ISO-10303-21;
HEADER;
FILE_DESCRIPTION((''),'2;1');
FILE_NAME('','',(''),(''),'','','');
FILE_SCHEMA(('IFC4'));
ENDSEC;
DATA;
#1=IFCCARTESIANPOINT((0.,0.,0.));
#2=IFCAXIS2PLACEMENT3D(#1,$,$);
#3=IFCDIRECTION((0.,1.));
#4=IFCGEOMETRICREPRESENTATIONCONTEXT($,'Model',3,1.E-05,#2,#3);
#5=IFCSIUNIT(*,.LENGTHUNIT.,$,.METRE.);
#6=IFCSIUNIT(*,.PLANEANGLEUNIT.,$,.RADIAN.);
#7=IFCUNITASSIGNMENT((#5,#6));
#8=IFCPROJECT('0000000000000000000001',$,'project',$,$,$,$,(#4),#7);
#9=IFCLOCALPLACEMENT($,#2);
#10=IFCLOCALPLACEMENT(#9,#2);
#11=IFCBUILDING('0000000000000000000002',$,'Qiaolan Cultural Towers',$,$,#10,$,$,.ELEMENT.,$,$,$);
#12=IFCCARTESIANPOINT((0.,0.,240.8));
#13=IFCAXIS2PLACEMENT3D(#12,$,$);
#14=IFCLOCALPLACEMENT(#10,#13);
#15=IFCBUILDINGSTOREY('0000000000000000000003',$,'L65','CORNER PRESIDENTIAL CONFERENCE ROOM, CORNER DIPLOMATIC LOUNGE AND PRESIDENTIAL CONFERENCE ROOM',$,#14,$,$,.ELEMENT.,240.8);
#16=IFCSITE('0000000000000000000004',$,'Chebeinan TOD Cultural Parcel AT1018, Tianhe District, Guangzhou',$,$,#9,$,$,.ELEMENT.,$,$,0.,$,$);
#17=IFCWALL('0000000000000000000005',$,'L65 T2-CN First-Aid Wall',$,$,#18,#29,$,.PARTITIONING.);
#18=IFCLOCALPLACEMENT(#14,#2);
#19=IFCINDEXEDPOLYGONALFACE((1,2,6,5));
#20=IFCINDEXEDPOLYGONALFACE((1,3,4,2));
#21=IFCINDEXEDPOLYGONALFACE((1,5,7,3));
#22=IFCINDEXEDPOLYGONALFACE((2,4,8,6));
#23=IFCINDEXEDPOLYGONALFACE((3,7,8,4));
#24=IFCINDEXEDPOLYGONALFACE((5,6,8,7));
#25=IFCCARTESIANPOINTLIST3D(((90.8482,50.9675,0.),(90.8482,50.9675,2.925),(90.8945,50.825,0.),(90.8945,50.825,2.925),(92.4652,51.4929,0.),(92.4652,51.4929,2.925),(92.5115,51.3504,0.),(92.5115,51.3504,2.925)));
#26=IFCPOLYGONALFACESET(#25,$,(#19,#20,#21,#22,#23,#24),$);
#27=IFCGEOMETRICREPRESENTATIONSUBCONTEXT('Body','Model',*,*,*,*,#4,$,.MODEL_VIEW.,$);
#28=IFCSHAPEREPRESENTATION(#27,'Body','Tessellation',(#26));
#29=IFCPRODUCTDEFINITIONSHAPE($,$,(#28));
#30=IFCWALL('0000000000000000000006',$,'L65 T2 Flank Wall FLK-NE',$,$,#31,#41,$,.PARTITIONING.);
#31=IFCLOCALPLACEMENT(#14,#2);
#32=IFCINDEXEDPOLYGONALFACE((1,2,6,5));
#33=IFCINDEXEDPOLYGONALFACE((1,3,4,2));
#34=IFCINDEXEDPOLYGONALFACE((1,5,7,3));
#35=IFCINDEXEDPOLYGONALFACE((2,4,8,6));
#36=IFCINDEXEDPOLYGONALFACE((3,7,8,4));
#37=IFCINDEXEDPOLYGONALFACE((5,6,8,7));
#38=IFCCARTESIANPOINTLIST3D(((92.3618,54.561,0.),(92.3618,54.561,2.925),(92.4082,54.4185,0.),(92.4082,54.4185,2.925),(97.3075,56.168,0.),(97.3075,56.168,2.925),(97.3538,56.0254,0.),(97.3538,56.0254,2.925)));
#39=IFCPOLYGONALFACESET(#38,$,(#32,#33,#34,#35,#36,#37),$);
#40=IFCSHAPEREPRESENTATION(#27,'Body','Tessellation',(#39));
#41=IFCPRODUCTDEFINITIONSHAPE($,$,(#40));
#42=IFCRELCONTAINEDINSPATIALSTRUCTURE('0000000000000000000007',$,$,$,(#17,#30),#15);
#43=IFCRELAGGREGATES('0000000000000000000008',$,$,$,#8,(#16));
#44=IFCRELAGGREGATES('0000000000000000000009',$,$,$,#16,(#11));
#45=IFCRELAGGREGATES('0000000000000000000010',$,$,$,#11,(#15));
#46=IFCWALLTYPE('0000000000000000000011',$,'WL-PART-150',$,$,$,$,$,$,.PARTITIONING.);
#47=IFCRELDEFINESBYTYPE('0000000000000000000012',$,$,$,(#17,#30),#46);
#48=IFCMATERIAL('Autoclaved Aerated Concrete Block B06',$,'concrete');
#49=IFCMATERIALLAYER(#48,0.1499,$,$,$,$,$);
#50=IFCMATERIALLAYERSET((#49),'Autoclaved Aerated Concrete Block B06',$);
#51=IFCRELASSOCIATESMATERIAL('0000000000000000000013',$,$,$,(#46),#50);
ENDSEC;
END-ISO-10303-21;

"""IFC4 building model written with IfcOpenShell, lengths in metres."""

from ifc_helpers import new_model, si_unit, direction, frame, frame_2d, origin, place, context, subcontext, project, spatial, rectangle, extrude, material, layer, layer_set, type_object, element, save


model = new_model("IFC4")

# Units and contexts
model_context = context("Model", 3, precision=1e-05, world=origin(), true_north=direction((0.0, 1.0)))
body_context = subcontext(model_context, "Body", "Model", "MODEL_VIEW")
ifc_project = project(units=[si_unit("LENGTHUNIT", "METRE"), si_unit("PLANEANGLEUNIT", "RADIAN")], contexts=[model_context])

# Site, building, storey
site_placement = place(None, origin())
site = spatial("IfcSite", under=ifc_project, at=site_placement, Name="Chebeinan TOD Cultural Parcel AT1018, Tianhe District, Guangzhou", CompositionType="ELEMENT", RefElevation=0.0)
building_placement = place(site_placement, origin())
building = spatial("IfcBuilding", under=site, at=building_placement, Name="Qiaolan Cultural Towers", CompositionType="ELEMENT")
storey_placement = place(building_placement, frame((0.0, 0.0, 240.8)))
storey = spatial("IfcBuildingStorey", under=building, at=storey_placement, Name="L65", Description="CORNER PRESIDENTIAL CONFERENCE ROOM, CORNER DIPLOMATIC LOUNGE AND PRESIDENTIAL CONFERENCE ROOM", CompositionType="ELEMENT", Elevation=240.8)

# Walls
ifc_material_1 = material(Name="Autoclaved Aerated Concrete Block B06", Category="concrete")
ifc_layer_1 = layer(ifc_material_1, 0.1499)
ifc_layer_set_1 = layer_set([ifc_layer_1], Name="Autoclaved Aerated Concrete Block B06")
wall_type_1 = type_object("IfcWallType", Name="WL-PART-150", PredefinedType="PARTITIONING", material=ifc_layer_set_1)
wall_1_placement = place(storey_placement, frame((90.8713, 50.8962, 0.0), z_axis=(0.0, 0.0, 1.0), x_axis=(0.951054, 0.309024, 0.0)))
element("IfcWall", 1, at=wall_1_placement, inside=storey, type_object=wall_type_1, Name="L65 T2-CN First-Aid Wall", PredefinedType="PARTITIONING", context=body_context, shape_type="SweptSolid", body=[
    extrude(rectangle(XDim=1.7002, YDim=0.1499, at=frame_2d((0.8501, 0.0))), origin(), (0.0, 0.0, 1.0), 2.925),
])
wall_2_placement = place(storey_placement, frame((92.385, 54.4897, 0.0), z_axis=(0.0, 0.0, 1.0), x_axis=(0.951055, 0.309021, 0.0)))
element("IfcWall", 2, at=wall_2_placement, inside=storey, type_object=wall_type_1, Name="L65 T2 Flank Wall FLK-NE", PredefinedType="PARTITIONING", context=body_context, shape_type="SweptSolid", body=[
    extrude(rectangle(XDim=5.2002, YDim=0.1499, at=frame_2d((2.6001, 0.0))), origin(), (0.0, 0.0, 1.0), 2.925),
])

save(model, "model.ifc")
